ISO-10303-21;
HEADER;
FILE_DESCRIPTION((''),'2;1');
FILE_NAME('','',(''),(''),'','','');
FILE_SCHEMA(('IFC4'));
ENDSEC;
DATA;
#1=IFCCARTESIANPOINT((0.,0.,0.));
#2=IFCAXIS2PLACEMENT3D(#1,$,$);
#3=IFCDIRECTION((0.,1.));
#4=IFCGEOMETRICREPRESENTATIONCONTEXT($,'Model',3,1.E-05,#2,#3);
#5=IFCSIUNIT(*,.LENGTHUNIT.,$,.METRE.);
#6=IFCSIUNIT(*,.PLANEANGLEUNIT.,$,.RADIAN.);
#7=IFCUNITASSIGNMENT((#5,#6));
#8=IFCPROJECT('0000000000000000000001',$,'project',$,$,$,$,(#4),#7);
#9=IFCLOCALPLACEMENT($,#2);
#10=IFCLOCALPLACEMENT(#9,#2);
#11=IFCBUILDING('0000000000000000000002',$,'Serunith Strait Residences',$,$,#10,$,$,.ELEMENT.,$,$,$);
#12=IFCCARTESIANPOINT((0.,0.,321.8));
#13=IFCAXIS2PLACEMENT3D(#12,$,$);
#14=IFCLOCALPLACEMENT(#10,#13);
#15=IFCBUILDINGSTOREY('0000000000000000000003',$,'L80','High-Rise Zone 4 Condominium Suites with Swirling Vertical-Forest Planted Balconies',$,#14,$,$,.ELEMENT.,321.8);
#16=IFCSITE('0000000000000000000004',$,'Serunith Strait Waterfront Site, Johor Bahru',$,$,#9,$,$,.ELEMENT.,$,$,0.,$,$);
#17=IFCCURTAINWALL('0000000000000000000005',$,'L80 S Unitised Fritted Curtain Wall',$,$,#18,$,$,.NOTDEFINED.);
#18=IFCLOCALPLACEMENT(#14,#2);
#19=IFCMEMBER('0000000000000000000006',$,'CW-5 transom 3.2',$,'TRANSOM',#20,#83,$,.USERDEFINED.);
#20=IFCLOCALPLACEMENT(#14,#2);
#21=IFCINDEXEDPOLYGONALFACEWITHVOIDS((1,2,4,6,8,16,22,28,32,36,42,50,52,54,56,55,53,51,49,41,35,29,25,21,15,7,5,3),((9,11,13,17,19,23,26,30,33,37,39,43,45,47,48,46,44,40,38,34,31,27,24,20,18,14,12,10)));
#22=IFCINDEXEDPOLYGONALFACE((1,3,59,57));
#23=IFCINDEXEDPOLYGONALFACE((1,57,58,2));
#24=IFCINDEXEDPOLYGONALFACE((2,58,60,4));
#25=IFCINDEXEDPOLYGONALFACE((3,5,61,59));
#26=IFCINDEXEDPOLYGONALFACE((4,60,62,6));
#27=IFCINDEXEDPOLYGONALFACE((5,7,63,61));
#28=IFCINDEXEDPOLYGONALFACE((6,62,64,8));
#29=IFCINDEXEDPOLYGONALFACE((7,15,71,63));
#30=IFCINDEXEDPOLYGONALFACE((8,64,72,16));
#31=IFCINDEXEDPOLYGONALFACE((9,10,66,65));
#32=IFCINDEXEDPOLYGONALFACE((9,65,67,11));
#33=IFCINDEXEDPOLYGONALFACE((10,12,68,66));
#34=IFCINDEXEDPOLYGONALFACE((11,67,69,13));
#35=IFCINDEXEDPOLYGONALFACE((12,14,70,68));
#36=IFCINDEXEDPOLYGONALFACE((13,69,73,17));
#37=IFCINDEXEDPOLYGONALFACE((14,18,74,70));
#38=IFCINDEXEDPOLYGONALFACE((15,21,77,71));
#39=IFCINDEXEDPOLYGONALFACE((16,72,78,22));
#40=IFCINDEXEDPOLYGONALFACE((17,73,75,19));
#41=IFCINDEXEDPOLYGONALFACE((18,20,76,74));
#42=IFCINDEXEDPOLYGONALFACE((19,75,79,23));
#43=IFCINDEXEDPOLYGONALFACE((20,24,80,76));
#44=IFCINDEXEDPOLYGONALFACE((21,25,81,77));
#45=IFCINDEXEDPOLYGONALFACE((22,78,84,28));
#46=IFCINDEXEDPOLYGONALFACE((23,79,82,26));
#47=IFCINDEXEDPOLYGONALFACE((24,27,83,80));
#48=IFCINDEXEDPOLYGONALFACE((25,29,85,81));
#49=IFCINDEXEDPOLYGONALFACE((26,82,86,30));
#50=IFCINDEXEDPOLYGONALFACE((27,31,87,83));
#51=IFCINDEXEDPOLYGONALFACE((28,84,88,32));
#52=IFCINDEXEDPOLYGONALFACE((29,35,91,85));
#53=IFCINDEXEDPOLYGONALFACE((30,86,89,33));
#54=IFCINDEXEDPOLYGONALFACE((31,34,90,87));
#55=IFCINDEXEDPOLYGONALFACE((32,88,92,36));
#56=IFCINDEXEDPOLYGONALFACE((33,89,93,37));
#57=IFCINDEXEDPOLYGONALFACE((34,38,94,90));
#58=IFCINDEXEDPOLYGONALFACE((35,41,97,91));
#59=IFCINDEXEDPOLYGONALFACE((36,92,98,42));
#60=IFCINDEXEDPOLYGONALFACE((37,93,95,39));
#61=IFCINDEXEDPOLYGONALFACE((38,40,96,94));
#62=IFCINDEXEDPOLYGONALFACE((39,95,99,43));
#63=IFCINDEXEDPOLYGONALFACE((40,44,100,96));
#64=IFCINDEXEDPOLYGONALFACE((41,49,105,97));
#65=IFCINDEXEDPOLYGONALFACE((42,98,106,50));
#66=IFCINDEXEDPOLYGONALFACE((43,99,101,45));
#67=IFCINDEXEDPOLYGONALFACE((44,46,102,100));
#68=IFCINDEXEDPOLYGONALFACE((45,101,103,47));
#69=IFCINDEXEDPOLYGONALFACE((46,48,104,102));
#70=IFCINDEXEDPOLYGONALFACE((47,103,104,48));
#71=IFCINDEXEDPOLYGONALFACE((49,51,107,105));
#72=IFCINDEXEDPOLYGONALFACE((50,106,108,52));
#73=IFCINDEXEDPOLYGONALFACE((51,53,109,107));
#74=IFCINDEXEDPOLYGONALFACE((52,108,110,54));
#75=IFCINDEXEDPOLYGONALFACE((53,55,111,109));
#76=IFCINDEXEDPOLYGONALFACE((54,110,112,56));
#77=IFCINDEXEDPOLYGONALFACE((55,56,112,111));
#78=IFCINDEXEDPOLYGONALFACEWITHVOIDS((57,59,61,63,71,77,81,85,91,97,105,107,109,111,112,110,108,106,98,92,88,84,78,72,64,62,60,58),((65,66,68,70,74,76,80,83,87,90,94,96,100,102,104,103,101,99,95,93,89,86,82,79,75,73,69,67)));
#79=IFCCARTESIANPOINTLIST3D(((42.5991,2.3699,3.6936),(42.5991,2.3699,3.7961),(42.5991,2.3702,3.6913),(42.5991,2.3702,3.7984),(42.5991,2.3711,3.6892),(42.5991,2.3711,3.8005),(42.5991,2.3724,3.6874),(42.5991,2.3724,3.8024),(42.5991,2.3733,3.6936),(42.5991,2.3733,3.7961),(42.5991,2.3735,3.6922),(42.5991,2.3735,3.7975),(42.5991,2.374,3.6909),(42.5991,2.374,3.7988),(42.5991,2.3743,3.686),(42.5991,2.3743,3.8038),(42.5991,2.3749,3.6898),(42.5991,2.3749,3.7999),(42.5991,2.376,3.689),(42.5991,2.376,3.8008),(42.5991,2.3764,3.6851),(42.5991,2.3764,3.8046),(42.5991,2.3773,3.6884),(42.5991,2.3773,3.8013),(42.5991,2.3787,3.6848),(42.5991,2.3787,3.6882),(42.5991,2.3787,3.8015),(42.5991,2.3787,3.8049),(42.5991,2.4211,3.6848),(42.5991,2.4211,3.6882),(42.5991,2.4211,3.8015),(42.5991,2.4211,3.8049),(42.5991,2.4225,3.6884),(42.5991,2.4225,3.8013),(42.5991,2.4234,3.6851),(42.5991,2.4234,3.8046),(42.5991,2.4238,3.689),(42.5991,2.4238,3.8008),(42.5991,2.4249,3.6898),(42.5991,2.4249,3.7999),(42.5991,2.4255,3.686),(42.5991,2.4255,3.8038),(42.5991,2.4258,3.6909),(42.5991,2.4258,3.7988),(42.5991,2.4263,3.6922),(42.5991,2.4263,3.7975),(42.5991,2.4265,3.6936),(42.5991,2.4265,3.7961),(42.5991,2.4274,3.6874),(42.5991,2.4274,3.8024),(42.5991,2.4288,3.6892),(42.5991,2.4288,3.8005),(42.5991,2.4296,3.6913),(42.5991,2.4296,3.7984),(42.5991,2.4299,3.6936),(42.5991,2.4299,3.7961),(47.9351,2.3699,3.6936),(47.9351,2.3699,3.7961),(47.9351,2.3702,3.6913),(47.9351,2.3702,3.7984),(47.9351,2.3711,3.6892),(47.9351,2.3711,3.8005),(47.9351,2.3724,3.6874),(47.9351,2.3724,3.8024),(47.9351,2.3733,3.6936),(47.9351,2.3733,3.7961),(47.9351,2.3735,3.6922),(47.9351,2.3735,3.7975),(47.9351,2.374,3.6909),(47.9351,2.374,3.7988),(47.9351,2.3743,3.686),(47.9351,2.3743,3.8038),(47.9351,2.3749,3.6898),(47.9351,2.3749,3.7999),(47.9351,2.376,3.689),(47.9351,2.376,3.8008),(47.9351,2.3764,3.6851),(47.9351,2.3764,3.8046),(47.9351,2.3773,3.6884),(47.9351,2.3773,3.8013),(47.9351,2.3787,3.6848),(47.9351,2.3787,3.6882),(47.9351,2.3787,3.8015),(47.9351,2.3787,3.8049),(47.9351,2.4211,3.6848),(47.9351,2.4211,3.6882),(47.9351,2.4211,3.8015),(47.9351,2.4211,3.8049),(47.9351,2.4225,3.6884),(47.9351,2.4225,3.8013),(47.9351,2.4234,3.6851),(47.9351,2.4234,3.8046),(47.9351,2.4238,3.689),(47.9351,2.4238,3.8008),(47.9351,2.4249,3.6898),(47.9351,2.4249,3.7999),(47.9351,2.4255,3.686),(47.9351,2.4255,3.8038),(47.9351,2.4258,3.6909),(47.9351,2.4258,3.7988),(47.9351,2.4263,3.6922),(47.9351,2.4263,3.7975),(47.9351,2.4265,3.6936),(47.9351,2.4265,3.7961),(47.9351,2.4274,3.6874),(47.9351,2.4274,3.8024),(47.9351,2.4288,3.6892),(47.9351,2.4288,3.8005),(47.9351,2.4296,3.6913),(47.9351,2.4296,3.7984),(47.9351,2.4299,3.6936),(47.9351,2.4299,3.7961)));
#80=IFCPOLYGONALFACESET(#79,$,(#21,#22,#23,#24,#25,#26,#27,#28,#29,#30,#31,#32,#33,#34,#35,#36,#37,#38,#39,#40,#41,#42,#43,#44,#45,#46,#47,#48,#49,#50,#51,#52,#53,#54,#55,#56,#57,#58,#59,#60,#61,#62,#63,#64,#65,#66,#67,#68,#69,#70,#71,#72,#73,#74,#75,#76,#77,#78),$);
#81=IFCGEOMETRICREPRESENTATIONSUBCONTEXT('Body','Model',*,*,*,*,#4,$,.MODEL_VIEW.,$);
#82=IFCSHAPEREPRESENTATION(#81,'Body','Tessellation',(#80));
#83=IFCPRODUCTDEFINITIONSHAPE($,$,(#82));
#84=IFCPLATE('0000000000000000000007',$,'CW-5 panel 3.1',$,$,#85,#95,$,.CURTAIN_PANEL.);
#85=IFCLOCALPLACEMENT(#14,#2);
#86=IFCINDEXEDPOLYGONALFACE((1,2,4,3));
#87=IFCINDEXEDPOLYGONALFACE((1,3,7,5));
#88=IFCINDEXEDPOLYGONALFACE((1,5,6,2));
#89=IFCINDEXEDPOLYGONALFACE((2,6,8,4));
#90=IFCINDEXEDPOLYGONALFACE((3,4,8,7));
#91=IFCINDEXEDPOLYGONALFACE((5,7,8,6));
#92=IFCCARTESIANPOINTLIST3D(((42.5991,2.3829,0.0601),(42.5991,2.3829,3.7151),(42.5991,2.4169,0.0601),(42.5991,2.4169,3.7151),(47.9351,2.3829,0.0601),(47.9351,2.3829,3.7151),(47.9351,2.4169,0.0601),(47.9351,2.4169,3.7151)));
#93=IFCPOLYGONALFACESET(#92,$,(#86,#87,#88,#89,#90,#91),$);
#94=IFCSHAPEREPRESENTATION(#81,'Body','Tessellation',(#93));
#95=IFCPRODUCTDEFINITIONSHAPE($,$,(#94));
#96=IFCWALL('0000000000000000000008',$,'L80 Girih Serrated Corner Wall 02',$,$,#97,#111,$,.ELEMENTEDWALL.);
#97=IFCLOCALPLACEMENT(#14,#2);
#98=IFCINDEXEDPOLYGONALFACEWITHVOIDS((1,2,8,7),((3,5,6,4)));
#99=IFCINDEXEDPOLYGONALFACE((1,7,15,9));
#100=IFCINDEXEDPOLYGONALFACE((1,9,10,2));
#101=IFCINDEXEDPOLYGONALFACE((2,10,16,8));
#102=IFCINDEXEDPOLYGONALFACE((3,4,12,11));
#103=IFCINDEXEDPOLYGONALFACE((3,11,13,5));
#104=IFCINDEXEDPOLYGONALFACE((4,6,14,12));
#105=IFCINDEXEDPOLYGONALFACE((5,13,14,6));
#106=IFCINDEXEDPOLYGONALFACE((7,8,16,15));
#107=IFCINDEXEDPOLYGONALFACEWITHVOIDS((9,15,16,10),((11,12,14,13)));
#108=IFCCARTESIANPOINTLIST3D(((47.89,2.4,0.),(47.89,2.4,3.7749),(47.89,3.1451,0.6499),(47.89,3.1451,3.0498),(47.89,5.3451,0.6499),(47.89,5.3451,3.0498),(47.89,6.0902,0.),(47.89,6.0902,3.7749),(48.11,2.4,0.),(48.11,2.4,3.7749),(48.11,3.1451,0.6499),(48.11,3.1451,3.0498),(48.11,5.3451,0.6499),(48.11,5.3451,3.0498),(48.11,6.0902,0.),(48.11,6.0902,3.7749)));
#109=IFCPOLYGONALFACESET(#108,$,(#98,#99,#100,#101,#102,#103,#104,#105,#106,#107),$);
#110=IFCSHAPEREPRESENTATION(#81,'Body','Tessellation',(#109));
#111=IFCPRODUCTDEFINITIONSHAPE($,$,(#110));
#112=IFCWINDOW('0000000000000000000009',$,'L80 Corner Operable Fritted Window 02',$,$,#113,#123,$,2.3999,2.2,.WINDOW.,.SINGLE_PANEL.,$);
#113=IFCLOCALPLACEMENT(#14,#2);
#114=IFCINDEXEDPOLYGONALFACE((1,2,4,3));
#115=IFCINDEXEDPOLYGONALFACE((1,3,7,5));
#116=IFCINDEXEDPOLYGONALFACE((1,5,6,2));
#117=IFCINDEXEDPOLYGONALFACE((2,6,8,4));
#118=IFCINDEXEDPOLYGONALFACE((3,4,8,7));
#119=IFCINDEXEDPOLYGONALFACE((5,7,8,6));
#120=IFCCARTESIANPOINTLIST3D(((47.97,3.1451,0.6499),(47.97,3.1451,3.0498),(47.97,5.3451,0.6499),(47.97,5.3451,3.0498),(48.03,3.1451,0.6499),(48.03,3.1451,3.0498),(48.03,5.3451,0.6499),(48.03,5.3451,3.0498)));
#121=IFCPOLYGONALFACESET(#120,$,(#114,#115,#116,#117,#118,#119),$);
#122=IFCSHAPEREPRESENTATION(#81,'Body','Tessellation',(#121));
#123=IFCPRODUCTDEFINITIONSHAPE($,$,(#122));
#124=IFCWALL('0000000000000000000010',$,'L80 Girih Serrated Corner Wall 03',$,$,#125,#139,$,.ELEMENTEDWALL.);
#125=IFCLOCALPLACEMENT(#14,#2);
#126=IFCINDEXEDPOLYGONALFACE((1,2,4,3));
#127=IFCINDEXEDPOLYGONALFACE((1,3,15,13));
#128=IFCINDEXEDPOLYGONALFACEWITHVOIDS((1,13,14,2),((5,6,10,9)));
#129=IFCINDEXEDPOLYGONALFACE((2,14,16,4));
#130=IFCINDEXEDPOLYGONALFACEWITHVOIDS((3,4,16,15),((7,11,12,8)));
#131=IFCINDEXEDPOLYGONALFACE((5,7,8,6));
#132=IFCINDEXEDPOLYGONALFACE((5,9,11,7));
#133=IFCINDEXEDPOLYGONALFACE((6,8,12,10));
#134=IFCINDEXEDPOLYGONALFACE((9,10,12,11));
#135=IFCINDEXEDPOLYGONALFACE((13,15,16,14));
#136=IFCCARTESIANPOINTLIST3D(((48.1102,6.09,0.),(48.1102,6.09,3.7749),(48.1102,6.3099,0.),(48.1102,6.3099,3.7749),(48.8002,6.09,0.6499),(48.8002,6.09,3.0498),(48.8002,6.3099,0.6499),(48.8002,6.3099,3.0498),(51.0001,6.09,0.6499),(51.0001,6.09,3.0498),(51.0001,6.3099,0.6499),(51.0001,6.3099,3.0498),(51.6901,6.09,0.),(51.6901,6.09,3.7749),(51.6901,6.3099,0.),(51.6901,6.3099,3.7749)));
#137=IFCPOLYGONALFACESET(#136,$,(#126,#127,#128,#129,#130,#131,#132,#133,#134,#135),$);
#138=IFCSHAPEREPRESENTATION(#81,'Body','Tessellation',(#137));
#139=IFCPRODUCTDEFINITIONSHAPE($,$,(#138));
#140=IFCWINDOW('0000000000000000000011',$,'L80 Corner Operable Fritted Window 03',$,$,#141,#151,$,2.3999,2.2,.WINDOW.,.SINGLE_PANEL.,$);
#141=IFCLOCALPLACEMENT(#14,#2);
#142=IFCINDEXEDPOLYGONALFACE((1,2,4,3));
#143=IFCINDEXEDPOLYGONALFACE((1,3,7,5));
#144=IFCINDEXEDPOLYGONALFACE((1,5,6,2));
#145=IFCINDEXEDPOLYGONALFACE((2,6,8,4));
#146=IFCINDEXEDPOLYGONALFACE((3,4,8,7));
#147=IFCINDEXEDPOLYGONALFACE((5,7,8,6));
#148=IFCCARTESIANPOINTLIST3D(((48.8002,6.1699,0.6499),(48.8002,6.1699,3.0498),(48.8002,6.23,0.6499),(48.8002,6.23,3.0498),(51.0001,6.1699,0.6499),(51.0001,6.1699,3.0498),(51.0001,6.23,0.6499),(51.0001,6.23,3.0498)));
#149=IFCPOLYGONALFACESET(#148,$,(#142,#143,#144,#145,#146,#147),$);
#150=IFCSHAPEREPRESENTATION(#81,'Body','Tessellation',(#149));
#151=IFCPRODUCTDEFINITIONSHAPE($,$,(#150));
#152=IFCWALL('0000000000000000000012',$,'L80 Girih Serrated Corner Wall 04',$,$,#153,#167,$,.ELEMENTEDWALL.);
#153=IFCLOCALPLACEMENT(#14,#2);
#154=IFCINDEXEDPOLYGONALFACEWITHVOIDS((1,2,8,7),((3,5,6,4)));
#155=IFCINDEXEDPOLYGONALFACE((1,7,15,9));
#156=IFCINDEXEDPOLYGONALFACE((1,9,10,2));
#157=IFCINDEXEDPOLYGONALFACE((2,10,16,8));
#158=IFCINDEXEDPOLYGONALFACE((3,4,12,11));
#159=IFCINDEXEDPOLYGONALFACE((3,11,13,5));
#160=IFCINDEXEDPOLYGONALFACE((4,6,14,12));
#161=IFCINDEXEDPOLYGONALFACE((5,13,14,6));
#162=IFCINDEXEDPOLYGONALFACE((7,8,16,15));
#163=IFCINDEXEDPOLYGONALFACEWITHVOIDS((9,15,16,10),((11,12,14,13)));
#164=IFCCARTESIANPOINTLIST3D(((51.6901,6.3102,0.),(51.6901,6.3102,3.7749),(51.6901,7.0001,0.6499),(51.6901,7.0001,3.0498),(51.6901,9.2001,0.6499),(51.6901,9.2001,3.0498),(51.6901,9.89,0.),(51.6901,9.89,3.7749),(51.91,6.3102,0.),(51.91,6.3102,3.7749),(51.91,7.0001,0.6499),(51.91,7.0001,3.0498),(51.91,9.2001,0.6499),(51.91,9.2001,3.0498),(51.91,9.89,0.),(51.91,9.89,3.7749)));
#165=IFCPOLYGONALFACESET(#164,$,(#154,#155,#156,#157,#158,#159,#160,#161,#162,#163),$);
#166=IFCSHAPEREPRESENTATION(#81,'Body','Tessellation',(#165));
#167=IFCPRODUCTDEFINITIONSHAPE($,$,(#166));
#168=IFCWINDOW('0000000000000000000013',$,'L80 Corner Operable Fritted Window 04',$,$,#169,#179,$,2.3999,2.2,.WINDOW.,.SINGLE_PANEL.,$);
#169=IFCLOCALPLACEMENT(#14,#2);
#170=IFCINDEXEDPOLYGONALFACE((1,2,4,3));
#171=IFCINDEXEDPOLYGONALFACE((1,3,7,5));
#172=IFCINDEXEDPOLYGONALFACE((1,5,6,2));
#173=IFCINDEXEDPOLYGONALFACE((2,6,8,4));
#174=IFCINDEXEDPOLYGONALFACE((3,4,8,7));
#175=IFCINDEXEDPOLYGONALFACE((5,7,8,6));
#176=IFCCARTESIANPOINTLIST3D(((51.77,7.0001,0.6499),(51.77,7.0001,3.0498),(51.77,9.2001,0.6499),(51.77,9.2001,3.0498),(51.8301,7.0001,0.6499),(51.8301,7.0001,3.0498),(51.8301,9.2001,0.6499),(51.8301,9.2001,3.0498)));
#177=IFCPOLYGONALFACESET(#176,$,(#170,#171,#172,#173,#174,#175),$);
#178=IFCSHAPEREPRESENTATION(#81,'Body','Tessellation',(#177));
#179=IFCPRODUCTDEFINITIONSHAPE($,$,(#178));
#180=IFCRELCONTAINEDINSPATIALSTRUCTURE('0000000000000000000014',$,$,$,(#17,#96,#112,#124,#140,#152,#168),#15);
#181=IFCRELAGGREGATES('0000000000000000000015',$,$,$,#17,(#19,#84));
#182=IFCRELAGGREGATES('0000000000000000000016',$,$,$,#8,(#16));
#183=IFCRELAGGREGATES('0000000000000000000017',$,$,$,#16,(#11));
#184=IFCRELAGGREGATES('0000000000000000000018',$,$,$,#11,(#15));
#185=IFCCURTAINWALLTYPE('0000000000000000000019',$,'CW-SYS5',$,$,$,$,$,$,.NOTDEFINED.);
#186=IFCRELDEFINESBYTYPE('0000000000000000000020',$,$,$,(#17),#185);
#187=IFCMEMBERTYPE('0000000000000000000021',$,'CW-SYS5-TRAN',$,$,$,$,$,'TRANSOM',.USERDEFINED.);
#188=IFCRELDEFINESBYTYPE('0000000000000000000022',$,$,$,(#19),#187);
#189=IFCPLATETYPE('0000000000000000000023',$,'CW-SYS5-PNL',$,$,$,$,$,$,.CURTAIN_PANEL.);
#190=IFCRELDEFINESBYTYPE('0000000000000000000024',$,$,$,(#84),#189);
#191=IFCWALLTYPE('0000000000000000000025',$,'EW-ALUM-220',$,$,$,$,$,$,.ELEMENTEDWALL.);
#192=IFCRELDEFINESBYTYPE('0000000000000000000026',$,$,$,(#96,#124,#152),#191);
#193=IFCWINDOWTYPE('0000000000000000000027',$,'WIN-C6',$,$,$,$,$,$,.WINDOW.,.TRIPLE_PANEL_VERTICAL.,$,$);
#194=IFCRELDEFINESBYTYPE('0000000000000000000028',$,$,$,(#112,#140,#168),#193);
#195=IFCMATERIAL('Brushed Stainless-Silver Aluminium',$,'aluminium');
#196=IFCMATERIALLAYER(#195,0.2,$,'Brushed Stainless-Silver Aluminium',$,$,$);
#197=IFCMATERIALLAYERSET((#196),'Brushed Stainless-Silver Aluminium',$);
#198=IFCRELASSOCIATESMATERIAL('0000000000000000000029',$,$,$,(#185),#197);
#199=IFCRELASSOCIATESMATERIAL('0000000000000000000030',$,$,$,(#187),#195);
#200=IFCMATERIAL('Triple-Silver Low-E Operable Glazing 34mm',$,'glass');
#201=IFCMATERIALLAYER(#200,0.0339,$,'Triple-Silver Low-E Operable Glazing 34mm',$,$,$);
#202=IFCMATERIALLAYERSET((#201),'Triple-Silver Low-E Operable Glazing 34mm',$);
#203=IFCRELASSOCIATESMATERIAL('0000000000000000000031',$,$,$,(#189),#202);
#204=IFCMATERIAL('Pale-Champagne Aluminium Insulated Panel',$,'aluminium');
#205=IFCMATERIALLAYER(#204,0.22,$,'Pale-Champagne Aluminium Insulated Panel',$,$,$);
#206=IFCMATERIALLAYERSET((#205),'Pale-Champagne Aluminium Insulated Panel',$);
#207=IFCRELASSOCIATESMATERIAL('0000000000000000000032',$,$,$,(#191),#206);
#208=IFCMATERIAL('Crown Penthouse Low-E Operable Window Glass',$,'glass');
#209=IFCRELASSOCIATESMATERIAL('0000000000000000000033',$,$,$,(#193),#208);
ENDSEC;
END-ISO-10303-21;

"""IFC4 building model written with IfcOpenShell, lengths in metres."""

from ifc_helpers import new_model, si_unit, direction, frame, frame_2d, origin, origin_2d, place, context, subcontext, project, spatial, rectangle, hollow_rectangle, extrude, source, transform, mapped, material, layer, layer_set, material_profile, profile_set, type_object, element, fill, aggregate, save


model = new_model("IFC4")

# Units and contexts
model_context = context("Model", 3, precision=1e-05, world=origin(), true_north=direction((0.0, 1.0)))
body_context = subcontext(model_context, "Body", "Model", "MODEL_VIEW")
ifc_project = project(units=[si_unit("LENGTHUNIT", "METRE"), si_unit("PLANEANGLEUNIT", "RADIAN")], contexts=[model_context])

# Site, building, storey
site_placement = place(None, origin())
site = spatial("IfcSite", under=ifc_project, at=site_placement, Name="Serunith Strait Waterfront Site, Johor Bahru", CompositionType="ELEMENT", RefElevation=0.0)
building_placement = place(site_placement, origin())
building = spatial("IfcBuilding", under=site, at=building_placement, Name="Serunith Strait Residences", CompositionType="ELEMENT")
storey_placement = place(building_placement, frame((0.0, 0.0, 321.8)))
storey = spatial("IfcBuildingStorey", under=building, at=storey_placement, Name="L80", Description="High-Rise Zone 4 Condominium Suites with Swirling Vertical-Forest Planted Balconies", CompositionType="ELEMENT", Elevation=321.8)

# Shared definitions
ifc_material_1 = material(Name="Brushed Stainless-Silver Aluminium", Category="aluminium")
ifc_layer_1 = layer(ifc_material_1, 0.2, Name="Brushed Stainless-Silver Aluminium")
ifc_layer_set_1 = layer_set([ifc_layer_1], Name="Brushed Stainless-Silver Aluminium")
curtain_wall_type = type_object("IfcCurtainWallType", Name="CW-SYS5", PredefinedType="NOTDEFINED", material=ifc_layer_set_1)
ifc_material_profile_1 = material_profile(ifc_material_1, hollow_rectangle(XDim=0.0601, YDim=0.1201, WallThickness=0.0034, InnerFilletRadius=0.0054, OuterFilletRadius=0.0088, at=origin_2d()), Name="ALU 120x60x3.5")
ifc_profile_set_1 = profile_set([ifc_material_profile_1], Name="Brushed Stainless-Silver Aluminium")
member_type_1 = type_object("IfcMemberType", Name="CW-SYS5-TRAN", ElementType="TRANSOM", PredefinedType="USERDEFINED", material=ifc_profile_set_1)

# Curtain wall
curtain_wall_1_placement = place(storey_placement, origin())
curtain_wall_1 = element("IfcCurtainWall", 1, at=curtain_wall_1_placement, inside=storey, type_object=curtain_wall_type, Name="L80 S Unitised Fritted Curtain Wall", PredefinedType="NOTDEFINED")

# Member
shared_shape_1 = source(origin(), body_context, "Body", "SweptSolid", [
    extrude(hollow_rectangle(XDim=0.0601, YDim=0.1201, WallThickness=0.0034, InnerFilletRadius=0.0054, OuterFilletRadius=0.0088, at=origin_2d()), origin(), (0.0, 0.0, 1.0), 5.3359),
])
member_1_placement = place(storey_placement, frame((42.5991, 2.3999, 3.7449), z_axis=(1.0, 0.0, 0.0), x_axis=(0.0, 1.0, 0.0)))
member_1 = element("IfcMember", 2, at=member_1_placement, type_object=member_type_1, Name="CW-5 transom 3.2", ObjectType="TRANSOM", PredefinedType="USERDEFINED", context=body_context, shape_type="MappedRepresentation", body=[
    mapped(shared_shape_1, transform((0.0, 0.0, 0.0), scale=1.0)),
])

# Plate
ifc_material_2 = material(Name="Triple-Silver Low-E Operable Glazing 34mm", Category="glass")
ifc_layer_2 = layer(ifc_material_2, 0.0339, Name="Triple-Silver Low-E Operable Glazing 34mm")
ifc_layer_set_2 = layer_set([ifc_layer_2], Name="Triple-Silver Low-E Operable Glazing 34mm")
plate_type = type_object("IfcPlateType", Name="CW-SYS5-PNL", PredefinedType="CURTAIN_PANEL", material=ifc_layer_set_2)
shared_shape_2 = source(origin(), body_context, "Body", "SweptSolid", [
    extrude(rectangle(XDim=5.3359, YDim=0.0339, at=origin_2d()), origin(), (0.0, 0.0, 1.0), 3.655),
])
plate_placement = place(storey_placement, frame((45.2671, 2.3999, 0.0601), z_axis=(0.0, 0.0, 1.0), x_axis=(1.0, 0.0, 0.0)))
plate = element("IfcPlate", 3, at=plate_placement, type_object=plate_type, Name="CW-5 panel 3.1", PredefinedType="CURTAIN_PANEL", context=body_context, shape_type="MappedRepresentation", body=[
    mapped(shared_shape_2, transform((0.0, 0.0, 0.0), scale=1.0)),
])
aggregate(curtain_wall_1, [member_1, plate])

# Walls, openings, windows
ifc_material_3 = material(Name="Pale-Champagne Aluminium Insulated Panel", Category="aluminium")
ifc_layer_3 = layer(ifc_material_3, 0.22, Name="Pale-Champagne Aluminium Insulated Panel")
ifc_layer_set_3 = layer_set([ifc_layer_3], Name="Pale-Champagne Aluminium Insulated Panel")
wall_type_1 = type_object("IfcWallType", Name="EW-ALUM-220", PredefinedType="ELEMENTEDWALL", material=ifc_layer_set_3)
wall_1_placement = place(storey_placement, frame((48.0, 2.3999, 0.0), z_axis=(0.0, 0.0, 1.0), x_axis=(0.0, 1.0, 0.0)))
wall_1 = element("IfcWall", 4, at=wall_1_placement, inside=storey, type_object=wall_type_1, Name="L80 Girih Serrated Corner Wall 02", PredefinedType="ELEMENTEDWALL", context=body_context, shape_type="SweptSolid", body=[
    extrude(rectangle(XDim=3.6902, YDim=0.22, at=frame_2d((1.8452, 0.0))), origin(), (0.0, 0.0, 1.0), 3.7749),
])
opening_1_placement = place(wall_1_placement, frame((0.7451, 0.0, 0.6499)))
opening_1 = element("IfcOpeningElement", 5, at=opening_1_placement, cuts=wall_1, PredefinedType="OPENING", context=body_context, shape_type="SweptSolid", body=[
    extrude(rectangle(XDim=2.2, YDim=2.3999, at=frame_2d((1.1001, 1.2))), frame((0.0, 0.1201, 0.0), z_axis=(0.0, -1.0, 0.0), x_axis=(1.0, 0.0, 0.0)), (0.0, 0.0, 1.0), 0.24),
])
ifc_material_4 = material(Name="Crown Penthouse Low-E Operable Window Glass", Category="glass")
window_type = type_object("IfcWindowType", Name="WIN-C6", PartitioningType="TRIPLE_PANEL_VERTICAL", PredefinedType="WINDOW", material=ifc_material_4)
shared_shape_3 = source(origin(), body_context, "Body", "SweptSolid", [
    extrude(rectangle(XDim=2.2, YDim=2.3999, at=frame_2d((1.1001, 1.2))), frame((0.0, 0.03, 0.0), z_axis=(0.0, -1.0, 0.0), x_axis=(1.0, 0.0, 0.0)), (0.0, 0.0, 1.0), 0.0601),
])
window_1_placement = place(opening_1_placement, origin())
window_1 = element("IfcWindow", 6, at=window_1_placement, inside=storey, type_object=window_type, Name="L80 Corner Operable Fritted Window 02", OverallHeight=2.3999, OverallWidth=2.2, PartitioningType="SINGLE_PANEL", PredefinedType="WINDOW", context=body_context, shape_type="MappedRepresentation", body=[
    mapped(shared_shape_3, transform((0.0, 0.0, 0.0), scale=1.0)),
])
fill(opening_1, window_1)
wall_2_placement = place(storey_placement, frame((48.1101, 6.2, 0.0), z_axis=(0.0, 0.0, 1.0), x_axis=(1.0, 0.0, 0.0)))
wall_2 = element("IfcWall", 7, at=wall_2_placement, inside=storey, type_object=wall_type_1, Name="L80 Girih Serrated Corner Wall 03", PredefinedType="ELEMENTEDWALL", context=body_context, shape_type="SweptSolid", body=[
    extrude(rectangle(XDim=3.5798, YDim=0.22, at=frame_2d((1.79, 0.0))), origin(), (0.0, 0.0, 1.0), 3.7749),
])
opening_2_placement = place(wall_2_placement, frame((0.6899, 0.0, 0.6499)))
opening_2 = element("IfcOpeningElement", 8, at=opening_2_placement, cuts=wall_2, PredefinedType="OPENING", context=body_context, shape_type="SweptSolid", body=[
    extrude(rectangle(XDim=2.2, YDim=2.3999, at=frame_2d((1.1001, 1.2))), frame((0.0, 0.1201, 0.0), z_axis=(0.0, -1.0, 0.0), x_axis=(1.0, 0.0, 0.0)), (0.0, 0.0, 1.0), 0.24),
])
window_2_placement = place(opening_2_placement, origin())
window_2 = element("IfcWindow", 9, at=window_2_placement, inside=storey, type_object=window_type, Name="L80 Corner Operable Fritted Window 03", OverallHeight=2.3999, OverallWidth=2.2, PartitioningType="SINGLE_PANEL", PredefinedType="WINDOW", context=body_context, shape_type="MappedRepresentation", body=[
    mapped(shared_shape_3, transform((0.0, 0.0, 0.0), scale=1.0)),
])
fill(opening_2, window_2)
wall_3_placement = place(storey_placement, frame((51.8, 6.3101, 0.0), z_axis=(0.0, 0.0, 1.0), x_axis=(0.0, 1.0, 0.0)))
wall_3 = element("IfcWall", 10, at=wall_3_placement, inside=storey, type_object=wall_type_1, Name="L80 Girih Serrated Corner Wall 04", PredefinedType="ELEMENTEDWALL", context=body_context, shape_type="SweptSolid", body=[
    extrude(rectangle(XDim=3.5798, YDim=0.22, at=frame_2d((1.79, 0.0))), origin(), (0.0, 0.0, 1.0), 3.7749),
])
opening_3_placement = place(wall_3_placement, frame((0.6899, 0.0, 0.6499)))
opening_3 = element("IfcOpeningElement", 11, at=opening_3_placement, cuts=wall_3, PredefinedType="OPENING", context=body_context, shape_type="SweptSolid", body=[
    extrude(rectangle(XDim=2.2, YDim=2.3999, at=frame_2d((1.1001, 1.2))), frame((0.0, 0.1201, 0.0), z_axis=(0.0, -1.0, 0.0), x_axis=(1.0, 0.0, 0.0)), (0.0, 0.0, 1.0), 0.24),
])
window_3_placement = place(opening_3_placement, origin())
window_3 = element("IfcWindow", 12, at=window_3_placement, inside=storey, type_object=window_type, Name="L80 Corner Operable Fritted Window 04", OverallHeight=2.3999, OverallWidth=2.2, PartitioningType="SINGLE_PANEL", PredefinedType="WINDOW", context=body_context, shape_type="MappedRepresentation", body=[
    mapped(shared_shape_3, transform((0.0, 0.0, 0.0), scale=1.0)),
])
fill(opening_3, window_3)

save(model, "model.ifc")
